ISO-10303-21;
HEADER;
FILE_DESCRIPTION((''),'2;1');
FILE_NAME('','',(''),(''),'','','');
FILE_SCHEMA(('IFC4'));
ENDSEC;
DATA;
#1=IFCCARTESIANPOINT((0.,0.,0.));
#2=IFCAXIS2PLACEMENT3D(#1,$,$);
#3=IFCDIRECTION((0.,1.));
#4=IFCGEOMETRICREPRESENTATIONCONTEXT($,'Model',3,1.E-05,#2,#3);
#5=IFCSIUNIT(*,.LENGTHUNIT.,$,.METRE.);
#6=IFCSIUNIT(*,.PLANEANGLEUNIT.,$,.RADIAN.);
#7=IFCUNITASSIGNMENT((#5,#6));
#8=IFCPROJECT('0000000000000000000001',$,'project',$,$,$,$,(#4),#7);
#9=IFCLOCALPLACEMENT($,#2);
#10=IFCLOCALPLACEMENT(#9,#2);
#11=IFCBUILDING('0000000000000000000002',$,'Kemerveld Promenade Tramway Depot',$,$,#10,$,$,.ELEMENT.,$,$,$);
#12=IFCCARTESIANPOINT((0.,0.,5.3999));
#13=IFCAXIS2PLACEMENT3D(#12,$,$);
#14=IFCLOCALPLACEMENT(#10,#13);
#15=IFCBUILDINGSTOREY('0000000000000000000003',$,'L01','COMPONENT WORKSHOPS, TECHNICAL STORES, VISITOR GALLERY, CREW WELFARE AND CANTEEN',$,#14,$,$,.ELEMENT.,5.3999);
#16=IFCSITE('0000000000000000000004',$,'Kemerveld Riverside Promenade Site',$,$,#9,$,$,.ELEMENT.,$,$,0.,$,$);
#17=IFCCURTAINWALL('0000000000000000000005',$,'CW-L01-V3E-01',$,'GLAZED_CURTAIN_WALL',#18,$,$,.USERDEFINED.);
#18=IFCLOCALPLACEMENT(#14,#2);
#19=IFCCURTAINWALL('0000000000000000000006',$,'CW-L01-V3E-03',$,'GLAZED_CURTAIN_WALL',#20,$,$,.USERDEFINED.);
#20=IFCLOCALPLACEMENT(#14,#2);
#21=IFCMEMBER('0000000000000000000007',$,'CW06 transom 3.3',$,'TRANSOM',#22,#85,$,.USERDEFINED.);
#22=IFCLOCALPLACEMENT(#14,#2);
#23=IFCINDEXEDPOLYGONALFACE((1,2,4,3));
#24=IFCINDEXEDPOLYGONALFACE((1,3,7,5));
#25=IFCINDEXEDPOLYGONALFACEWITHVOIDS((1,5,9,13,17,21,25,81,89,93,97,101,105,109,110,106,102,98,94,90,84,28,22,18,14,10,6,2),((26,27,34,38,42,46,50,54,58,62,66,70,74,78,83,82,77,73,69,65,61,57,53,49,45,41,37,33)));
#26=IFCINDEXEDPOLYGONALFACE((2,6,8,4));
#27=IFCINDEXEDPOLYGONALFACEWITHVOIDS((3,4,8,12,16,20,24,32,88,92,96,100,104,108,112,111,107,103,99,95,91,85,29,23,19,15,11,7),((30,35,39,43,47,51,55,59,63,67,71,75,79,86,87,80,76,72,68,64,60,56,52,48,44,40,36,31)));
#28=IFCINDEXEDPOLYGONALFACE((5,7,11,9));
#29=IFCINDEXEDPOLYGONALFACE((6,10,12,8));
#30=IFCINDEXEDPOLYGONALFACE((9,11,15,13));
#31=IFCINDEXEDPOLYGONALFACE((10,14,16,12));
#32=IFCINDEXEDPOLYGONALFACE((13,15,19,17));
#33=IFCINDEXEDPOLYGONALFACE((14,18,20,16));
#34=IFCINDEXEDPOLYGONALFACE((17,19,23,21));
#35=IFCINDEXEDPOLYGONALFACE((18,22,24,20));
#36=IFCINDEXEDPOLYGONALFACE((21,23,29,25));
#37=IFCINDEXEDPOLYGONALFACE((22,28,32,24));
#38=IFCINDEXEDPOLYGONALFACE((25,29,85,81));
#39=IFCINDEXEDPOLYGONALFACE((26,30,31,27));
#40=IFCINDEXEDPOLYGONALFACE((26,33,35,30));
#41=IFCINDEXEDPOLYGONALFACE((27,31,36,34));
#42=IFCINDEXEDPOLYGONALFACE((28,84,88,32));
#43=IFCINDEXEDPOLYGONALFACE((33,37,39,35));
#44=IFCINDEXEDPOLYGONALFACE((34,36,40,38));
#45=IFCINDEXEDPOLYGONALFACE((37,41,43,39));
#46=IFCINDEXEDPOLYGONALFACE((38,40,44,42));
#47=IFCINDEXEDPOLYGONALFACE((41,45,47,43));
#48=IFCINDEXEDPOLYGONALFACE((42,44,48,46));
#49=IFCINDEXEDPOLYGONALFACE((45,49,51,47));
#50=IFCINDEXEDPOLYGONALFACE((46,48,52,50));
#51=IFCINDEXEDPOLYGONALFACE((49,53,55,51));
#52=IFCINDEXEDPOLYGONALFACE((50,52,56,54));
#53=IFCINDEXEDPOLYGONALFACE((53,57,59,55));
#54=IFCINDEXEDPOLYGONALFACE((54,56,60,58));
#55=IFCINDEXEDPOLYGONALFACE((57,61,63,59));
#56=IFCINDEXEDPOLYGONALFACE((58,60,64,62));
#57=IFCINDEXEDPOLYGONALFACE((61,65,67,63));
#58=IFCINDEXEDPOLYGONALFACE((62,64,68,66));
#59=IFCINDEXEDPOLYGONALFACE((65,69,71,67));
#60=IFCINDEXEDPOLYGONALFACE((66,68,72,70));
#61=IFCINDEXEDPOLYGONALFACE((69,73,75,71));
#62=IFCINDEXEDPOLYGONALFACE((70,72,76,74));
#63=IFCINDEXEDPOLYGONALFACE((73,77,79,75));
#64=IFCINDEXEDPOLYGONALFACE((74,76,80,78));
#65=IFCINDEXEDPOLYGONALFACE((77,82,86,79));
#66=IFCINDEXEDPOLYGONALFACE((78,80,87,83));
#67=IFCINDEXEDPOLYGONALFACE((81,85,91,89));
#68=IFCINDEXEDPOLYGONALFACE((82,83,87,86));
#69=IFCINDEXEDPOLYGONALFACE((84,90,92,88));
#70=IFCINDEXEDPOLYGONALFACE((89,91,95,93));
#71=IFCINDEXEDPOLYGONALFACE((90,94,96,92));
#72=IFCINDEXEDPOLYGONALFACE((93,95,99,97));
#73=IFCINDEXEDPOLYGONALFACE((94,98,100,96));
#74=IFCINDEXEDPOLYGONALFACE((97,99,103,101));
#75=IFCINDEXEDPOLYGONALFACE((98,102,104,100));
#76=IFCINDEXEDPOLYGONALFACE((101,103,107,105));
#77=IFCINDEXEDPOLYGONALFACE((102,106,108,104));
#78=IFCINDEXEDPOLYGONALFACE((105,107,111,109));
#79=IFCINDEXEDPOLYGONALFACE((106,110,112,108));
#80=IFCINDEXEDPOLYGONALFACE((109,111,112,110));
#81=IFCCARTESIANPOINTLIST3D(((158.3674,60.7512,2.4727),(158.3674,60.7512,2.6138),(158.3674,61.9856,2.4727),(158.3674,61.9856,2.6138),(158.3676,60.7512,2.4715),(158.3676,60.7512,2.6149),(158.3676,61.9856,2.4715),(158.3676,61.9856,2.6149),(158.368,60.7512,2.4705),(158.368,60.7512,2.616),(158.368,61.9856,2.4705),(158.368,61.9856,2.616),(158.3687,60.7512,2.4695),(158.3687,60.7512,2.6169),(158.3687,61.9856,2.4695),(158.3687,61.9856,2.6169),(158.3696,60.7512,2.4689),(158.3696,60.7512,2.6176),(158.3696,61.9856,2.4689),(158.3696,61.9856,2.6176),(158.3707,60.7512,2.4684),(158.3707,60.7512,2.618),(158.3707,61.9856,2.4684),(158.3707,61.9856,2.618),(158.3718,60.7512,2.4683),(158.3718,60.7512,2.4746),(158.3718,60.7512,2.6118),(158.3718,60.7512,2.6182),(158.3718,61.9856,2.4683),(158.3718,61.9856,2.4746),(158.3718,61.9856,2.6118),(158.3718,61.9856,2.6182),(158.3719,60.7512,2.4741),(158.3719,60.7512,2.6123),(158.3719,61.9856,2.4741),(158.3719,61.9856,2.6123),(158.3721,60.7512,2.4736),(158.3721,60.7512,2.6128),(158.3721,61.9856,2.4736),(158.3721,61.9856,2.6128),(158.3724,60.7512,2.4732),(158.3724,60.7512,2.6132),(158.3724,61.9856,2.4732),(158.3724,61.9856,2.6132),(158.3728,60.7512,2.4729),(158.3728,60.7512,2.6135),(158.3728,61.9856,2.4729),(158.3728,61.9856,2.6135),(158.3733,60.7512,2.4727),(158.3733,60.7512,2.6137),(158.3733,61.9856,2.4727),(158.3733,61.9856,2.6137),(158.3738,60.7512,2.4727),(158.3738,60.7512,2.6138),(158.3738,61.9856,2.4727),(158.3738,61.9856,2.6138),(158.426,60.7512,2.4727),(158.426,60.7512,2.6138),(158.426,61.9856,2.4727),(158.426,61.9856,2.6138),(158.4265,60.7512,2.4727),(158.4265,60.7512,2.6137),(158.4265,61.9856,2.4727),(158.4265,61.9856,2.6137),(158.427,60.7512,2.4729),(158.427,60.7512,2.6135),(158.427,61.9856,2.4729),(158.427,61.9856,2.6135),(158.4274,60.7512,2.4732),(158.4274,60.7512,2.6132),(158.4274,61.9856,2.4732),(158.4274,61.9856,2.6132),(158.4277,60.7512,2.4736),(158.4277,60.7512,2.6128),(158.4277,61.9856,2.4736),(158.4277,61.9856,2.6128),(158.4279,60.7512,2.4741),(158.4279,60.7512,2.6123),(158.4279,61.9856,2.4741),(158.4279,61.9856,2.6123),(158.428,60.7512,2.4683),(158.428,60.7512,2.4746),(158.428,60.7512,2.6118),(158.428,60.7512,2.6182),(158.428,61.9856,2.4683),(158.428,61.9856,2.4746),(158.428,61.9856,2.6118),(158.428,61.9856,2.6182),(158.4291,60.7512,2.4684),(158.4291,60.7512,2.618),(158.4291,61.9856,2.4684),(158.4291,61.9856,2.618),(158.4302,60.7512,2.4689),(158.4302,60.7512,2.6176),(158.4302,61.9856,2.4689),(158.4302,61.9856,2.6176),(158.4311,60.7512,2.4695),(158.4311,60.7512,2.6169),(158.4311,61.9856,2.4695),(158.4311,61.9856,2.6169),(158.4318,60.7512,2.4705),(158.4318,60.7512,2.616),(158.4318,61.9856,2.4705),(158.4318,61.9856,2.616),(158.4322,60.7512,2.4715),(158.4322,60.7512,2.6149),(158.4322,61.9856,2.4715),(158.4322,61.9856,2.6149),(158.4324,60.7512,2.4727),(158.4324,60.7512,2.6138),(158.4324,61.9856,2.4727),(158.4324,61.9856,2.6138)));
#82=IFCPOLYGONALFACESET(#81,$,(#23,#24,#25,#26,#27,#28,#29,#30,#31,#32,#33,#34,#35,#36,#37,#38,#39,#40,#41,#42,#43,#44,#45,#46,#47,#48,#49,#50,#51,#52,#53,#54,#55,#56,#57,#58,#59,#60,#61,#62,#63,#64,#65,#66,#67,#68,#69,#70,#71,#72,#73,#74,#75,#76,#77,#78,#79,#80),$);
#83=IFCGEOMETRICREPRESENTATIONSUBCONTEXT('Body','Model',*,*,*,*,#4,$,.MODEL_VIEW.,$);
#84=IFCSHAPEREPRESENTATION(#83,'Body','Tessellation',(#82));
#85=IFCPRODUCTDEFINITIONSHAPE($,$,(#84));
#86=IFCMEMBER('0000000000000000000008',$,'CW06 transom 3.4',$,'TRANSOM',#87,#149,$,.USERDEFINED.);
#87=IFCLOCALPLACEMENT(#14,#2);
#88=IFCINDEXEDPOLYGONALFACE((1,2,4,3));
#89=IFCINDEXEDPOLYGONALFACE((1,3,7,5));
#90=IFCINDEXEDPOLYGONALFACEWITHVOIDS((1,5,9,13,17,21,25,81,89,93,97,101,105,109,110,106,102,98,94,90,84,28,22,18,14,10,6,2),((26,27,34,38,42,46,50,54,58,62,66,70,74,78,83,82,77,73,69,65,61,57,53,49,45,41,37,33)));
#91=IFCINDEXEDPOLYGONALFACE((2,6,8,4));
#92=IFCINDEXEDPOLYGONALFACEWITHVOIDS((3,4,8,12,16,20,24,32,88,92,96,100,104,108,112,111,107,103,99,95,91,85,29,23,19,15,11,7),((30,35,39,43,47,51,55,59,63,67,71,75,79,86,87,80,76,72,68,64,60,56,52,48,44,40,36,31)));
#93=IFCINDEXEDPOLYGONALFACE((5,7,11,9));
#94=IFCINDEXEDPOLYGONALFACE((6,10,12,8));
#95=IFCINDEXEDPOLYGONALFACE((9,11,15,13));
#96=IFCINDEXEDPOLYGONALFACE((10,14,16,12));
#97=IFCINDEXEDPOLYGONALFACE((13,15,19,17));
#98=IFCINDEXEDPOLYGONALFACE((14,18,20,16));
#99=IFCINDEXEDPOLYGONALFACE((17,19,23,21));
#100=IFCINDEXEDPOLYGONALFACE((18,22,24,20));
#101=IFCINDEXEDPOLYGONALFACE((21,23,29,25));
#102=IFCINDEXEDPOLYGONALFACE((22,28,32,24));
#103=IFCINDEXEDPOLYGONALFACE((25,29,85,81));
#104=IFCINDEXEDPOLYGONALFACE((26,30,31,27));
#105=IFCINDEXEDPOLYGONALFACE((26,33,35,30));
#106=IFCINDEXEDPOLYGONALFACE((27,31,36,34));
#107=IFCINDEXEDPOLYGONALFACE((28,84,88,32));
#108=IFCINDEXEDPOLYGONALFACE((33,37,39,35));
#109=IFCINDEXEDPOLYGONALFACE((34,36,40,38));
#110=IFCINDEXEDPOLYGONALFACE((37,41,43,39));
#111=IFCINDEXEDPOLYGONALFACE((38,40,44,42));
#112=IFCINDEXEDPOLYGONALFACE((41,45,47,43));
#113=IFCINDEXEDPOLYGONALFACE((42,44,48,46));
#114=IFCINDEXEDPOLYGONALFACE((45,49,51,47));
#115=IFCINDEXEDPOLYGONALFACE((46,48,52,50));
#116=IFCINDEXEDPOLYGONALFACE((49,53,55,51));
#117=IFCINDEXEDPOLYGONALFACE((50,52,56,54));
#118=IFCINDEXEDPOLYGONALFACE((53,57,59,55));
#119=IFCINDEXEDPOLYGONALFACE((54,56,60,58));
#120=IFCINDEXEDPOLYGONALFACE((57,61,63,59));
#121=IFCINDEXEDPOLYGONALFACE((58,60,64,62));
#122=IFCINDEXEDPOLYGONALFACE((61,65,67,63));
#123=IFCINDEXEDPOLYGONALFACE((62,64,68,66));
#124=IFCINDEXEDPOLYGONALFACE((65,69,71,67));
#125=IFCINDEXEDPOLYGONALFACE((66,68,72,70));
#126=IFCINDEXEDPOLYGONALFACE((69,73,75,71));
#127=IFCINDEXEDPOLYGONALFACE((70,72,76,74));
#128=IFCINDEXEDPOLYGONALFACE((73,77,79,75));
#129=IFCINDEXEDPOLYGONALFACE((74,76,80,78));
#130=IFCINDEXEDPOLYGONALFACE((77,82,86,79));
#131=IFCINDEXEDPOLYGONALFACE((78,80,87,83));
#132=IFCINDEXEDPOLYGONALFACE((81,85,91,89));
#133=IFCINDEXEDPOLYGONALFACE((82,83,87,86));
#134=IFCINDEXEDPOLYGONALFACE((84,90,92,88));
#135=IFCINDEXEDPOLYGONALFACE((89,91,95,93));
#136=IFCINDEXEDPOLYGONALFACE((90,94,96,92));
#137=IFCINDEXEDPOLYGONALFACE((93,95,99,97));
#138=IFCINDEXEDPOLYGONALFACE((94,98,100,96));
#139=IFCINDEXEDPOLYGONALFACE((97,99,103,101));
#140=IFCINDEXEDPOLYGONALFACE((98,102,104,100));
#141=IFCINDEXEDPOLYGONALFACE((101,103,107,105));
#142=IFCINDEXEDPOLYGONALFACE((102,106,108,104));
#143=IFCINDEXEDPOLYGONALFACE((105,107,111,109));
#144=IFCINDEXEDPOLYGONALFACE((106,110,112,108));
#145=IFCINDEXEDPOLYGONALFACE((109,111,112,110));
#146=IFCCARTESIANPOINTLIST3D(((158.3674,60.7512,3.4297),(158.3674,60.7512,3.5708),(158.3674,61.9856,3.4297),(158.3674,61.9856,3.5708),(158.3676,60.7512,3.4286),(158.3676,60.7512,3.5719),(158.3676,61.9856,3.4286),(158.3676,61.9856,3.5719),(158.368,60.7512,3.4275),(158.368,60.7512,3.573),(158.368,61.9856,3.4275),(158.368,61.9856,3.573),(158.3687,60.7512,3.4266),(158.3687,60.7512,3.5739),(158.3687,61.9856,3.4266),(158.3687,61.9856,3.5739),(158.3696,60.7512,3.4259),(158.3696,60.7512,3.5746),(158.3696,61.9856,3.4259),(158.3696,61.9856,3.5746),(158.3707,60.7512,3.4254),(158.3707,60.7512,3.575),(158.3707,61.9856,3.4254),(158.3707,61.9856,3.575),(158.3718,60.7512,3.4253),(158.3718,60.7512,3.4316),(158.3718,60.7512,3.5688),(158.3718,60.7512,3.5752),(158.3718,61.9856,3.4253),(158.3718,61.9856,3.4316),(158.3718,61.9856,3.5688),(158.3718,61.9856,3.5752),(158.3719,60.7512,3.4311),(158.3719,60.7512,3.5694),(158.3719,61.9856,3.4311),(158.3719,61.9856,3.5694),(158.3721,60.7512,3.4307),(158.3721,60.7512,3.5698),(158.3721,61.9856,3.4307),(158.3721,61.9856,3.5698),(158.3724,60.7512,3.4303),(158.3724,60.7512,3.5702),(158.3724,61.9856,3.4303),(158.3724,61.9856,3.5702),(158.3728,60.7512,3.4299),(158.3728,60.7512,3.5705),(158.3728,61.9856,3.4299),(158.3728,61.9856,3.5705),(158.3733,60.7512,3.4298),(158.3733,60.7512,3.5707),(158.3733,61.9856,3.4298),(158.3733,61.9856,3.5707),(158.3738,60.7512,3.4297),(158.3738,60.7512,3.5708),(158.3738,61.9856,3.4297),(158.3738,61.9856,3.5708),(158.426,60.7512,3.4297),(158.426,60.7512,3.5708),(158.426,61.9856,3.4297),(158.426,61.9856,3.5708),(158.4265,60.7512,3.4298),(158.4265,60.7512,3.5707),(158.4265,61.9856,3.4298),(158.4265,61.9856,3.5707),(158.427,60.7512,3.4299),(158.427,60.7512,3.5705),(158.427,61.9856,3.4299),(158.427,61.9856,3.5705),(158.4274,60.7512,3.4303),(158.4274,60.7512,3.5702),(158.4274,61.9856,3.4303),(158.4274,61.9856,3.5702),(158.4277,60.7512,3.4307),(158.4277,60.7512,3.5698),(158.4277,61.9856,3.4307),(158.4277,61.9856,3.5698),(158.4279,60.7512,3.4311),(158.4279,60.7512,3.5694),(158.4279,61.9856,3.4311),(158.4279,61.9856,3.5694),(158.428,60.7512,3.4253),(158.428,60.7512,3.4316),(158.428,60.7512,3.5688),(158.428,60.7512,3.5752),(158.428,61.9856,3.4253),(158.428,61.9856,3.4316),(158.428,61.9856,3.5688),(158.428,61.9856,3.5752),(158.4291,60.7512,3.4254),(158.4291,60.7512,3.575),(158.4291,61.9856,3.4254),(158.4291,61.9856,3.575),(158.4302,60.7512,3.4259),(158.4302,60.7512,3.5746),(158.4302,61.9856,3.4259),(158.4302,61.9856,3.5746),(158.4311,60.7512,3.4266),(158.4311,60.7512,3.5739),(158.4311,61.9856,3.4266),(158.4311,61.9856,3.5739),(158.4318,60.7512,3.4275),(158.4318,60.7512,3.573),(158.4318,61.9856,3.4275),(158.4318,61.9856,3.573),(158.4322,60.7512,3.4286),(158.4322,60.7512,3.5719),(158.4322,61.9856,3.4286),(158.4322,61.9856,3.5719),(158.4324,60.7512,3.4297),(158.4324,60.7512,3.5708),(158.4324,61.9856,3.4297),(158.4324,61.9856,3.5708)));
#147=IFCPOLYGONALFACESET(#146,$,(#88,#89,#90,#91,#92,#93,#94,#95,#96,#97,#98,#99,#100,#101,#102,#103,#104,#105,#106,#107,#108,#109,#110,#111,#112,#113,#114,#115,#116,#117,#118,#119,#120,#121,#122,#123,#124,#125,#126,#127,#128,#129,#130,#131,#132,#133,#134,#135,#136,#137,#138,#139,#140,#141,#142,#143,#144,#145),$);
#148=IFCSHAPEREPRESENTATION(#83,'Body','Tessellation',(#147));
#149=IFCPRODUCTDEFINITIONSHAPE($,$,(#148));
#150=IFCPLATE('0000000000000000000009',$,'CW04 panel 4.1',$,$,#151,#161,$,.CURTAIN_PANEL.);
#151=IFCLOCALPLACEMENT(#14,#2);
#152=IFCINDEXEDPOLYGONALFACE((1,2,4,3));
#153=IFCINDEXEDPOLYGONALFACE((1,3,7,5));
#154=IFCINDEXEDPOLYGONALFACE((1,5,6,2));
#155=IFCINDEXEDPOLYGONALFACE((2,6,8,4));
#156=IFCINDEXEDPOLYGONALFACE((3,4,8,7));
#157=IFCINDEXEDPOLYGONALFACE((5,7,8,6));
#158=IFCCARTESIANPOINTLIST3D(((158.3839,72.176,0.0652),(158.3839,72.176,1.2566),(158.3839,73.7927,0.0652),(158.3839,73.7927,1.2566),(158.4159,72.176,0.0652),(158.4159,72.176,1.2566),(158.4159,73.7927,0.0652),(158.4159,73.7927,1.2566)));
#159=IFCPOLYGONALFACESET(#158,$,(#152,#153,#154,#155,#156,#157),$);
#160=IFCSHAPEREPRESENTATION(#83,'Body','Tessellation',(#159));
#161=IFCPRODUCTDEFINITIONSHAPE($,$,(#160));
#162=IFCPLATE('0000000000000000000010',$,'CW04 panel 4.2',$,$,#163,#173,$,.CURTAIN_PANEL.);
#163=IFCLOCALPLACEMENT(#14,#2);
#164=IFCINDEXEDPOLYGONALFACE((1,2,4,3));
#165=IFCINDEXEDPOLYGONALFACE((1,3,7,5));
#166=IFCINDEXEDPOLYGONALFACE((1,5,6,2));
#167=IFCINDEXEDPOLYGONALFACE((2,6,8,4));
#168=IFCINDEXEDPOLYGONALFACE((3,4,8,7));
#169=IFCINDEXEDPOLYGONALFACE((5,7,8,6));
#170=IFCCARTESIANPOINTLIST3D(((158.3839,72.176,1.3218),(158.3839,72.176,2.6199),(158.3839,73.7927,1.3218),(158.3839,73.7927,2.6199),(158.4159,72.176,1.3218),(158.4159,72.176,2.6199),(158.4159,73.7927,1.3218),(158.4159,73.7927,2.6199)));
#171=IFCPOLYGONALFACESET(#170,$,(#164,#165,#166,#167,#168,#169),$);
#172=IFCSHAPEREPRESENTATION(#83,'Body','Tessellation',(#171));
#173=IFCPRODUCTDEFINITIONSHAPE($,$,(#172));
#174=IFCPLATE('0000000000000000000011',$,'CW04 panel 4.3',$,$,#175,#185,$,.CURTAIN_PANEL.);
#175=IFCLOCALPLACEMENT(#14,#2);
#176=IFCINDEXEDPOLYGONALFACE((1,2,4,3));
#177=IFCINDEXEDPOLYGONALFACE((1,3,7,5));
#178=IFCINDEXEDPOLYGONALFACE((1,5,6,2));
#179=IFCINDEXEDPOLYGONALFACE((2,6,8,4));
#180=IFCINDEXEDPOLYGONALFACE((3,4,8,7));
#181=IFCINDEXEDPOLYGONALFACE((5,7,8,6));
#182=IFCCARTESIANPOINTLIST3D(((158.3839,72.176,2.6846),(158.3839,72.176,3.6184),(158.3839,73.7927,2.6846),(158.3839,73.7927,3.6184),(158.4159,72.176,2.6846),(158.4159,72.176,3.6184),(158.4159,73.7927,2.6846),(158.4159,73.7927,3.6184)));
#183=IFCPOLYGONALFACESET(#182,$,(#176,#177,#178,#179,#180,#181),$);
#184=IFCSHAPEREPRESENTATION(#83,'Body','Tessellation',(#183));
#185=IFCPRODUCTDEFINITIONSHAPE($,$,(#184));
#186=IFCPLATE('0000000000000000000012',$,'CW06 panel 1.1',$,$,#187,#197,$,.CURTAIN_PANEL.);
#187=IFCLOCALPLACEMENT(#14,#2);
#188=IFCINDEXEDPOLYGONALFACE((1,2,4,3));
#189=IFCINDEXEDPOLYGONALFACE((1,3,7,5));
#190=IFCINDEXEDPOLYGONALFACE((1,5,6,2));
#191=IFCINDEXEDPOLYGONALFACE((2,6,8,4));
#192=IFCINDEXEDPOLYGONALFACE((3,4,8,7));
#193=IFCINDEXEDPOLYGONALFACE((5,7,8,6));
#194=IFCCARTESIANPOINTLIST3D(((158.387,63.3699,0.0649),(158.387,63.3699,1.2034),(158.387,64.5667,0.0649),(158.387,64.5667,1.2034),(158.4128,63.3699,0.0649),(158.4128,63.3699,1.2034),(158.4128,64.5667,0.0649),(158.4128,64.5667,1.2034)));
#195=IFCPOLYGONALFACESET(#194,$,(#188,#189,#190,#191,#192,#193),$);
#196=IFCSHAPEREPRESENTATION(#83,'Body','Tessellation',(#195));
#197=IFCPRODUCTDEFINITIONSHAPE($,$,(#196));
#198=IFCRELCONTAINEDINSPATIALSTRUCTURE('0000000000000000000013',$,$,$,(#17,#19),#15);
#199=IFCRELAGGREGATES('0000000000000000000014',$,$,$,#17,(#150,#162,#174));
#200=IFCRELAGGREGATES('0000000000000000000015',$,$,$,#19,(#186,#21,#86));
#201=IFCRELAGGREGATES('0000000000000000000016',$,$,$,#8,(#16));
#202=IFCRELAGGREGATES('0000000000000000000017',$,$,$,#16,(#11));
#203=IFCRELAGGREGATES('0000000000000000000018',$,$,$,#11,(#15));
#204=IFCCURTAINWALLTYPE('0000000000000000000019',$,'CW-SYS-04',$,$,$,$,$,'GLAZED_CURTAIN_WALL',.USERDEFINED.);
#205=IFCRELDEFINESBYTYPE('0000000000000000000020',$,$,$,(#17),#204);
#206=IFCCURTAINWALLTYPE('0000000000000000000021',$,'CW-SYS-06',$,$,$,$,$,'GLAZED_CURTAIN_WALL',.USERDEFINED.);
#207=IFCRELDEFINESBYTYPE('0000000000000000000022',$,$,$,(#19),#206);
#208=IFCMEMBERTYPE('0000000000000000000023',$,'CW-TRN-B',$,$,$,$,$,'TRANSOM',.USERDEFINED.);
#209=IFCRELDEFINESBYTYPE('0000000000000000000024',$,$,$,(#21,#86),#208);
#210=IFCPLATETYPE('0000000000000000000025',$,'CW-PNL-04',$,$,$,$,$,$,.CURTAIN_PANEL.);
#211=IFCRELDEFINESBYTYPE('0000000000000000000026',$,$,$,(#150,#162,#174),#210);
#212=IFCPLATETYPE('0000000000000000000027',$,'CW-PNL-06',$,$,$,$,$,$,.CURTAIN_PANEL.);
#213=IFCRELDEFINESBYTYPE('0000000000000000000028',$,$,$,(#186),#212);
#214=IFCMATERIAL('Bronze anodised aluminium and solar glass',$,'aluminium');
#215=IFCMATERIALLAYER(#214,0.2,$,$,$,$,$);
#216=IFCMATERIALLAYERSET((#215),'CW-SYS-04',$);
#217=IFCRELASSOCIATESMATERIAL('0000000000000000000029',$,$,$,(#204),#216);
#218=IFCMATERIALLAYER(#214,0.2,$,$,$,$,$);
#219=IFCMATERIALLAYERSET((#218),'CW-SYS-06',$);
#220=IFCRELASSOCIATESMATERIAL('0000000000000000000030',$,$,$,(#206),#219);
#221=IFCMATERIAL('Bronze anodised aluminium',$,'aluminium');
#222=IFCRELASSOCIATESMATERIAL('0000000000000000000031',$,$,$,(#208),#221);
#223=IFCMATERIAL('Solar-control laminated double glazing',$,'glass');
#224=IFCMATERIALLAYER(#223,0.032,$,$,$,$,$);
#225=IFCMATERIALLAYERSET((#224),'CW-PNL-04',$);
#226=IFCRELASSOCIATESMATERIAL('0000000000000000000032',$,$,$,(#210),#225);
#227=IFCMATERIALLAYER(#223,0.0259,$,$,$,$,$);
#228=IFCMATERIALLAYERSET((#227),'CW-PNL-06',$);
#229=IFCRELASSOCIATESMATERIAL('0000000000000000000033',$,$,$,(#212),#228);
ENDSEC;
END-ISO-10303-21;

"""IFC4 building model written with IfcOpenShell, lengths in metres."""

from ifc_helpers import new_model, si_unit, direction, frame, origin, origin_2d, place, context, subcontext, project, spatial, rectangle, hollow_rectangle, extrude, material, layer, layer_set, material_profile, profile_set, type_object, element, aggregate, save


model = new_model("IFC4")

# Units and contexts
model_context = context("Model", 3, precision=1e-05, world=origin(), true_north=direction((0.0, 1.0)))
body_context = subcontext(model_context, "Body", "Model", "MODEL_VIEW")
ifc_project = project(units=[si_unit("LENGTHUNIT", "METRE"), si_unit("PLANEANGLEUNIT", "RADIAN")], contexts=[model_context])

# Site, building, storey
site_placement = place(None, origin())
site = spatial("IfcSite", under=ifc_project, at=site_placement, Name="Kemerveld Riverside Promenade Site", CompositionType="ELEMENT", RefElevation=0.0)
building_placement = place(site_placement, origin())
building = spatial("IfcBuilding", under=site, at=building_placement, Name="Kemerveld Promenade Tramway Depot", CompositionType="ELEMENT")
storey_placement = place(building_placement, frame((0.0, 0.0, 5.3999)))
storey = spatial("IfcBuildingStorey", under=building, at=storey_placement, Name="L01", Description="COMPONENT WORKSHOPS, TECHNICAL STORES, VISITOR GALLERY, CREW WELFARE AND CANTEEN", CompositionType="ELEMENT", Elevation=5.3999)

# Curtain wall
ifc_material_1 = material(Name="Bronze anodised aluminium and solar glass", Category="aluminium")
ifc_layer_1 = layer(ifc_material_1, 0.2)
ifc_layer_set_1 = layer_set([ifc_layer_1], Name="CW-SYS-04")
curtain_wall_type_1 = type_object("IfcCurtainWallType", Name="CW-SYS-04", ElementType="GLAZED_CURTAIN_WALL", PredefinedType="USERDEFINED", material=ifc_layer_set_1)
curtain_wall_1_placement = place(storey_placement, origin())
curtain_wall_1 = element("IfcCurtainWall", 1, at=curtain_wall_1_placement, inside=storey, type_object=curtain_wall_type_1, Name="CW-L01-V3E-01", ObjectType="GLAZED_CURTAIN_WALL", PredefinedType="USERDEFINED")
ifc_material_2 = material(Name="Bronze anodised aluminium", Category="aluminium")

# Curtain wall, members
ifc_layer_2 = layer(ifc_material_1, 0.2)
ifc_layer_set_2 = layer_set([ifc_layer_2], Name="CW-SYS-06")
curtain_wall_type_2 = type_object("IfcCurtainWallType", Name="CW-SYS-06", ElementType="GLAZED_CURTAIN_WALL", PredefinedType="USERDEFINED", material=ifc_layer_set_2)
curtain_wall_2_placement = place(storey_placement, origin())
curtain_wall_2 = element("IfcCurtainWall", 2, at=curtain_wall_2_placement, inside=storey, type_object=curtain_wall_type_2, Name="CW-L01-V3E-03", ObjectType="GLAZED_CURTAIN_WALL", PredefinedType="USERDEFINED")
ifc_material_profile_1 = material_profile(ifc_material_2, hollow_rectangle(XDim=0.0649, YDim=0.1499, WallThickness=0.0044, InnerFilletRadius=0.002, OuterFilletRadius=0.0044, at=origin_2d()), Name="CW-TRN-150x65")
ifc_profile_set_1 = profile_set([ifc_material_profile_1], Name="Bronze anodised aluminium")
member_type_1 = type_object("IfcMemberType", Name="CW-TRN-B", ElementType="TRANSOM", PredefinedType="USERDEFINED", material=ifc_profile_set_1)
member_1_placement = place(storey_placement, frame((158.3999, 61.9856, 2.5432), z_axis=(0.0, -1.0, 0.0), x_axis=(1.0, 0.0, 0.0)))
member_1 = element("IfcMember", 3, at=member_1_placement, type_object=member_type_1, Name="CW06 transom 3.3", ObjectType="TRANSOM", PredefinedType="USERDEFINED", context=body_context, shape_type="SweptSolid", body=[
    extrude(hollow_rectangle(XDim=0.0649, YDim=0.1499, WallThickness=0.0044, InnerFilletRadius=0.002, OuterFilletRadius=0.0044, at=origin_2d()), origin(), (0.0, 0.0, 1.0), 1.2344),
])
member_2_placement = place(storey_placement, frame((158.3999, 61.9856, 3.5002), z_axis=(0.0, -1.0, 0.0), x_axis=(1.0, 0.0, 0.0)))
member_2 = element("IfcMember", 4, at=member_2_placement, type_object=member_type_1, Name="CW06 transom 3.4", ObjectType="TRANSOM", PredefinedType="USERDEFINED", context=body_context, shape_type="SweptSolid", body=[
    extrude(hollow_rectangle(XDim=0.0649, YDim=0.1499, WallThickness=0.0044, InnerFilletRadius=0.002, OuterFilletRadius=0.0044, at=origin_2d()), origin(), (0.0, 0.0, 1.0), 1.2344),
])

# Plates
ifc_material_3 = material(Name="Solar-control laminated double glazing", Category="glass")
ifc_layer_3 = layer(ifc_material_3, 0.032)
ifc_layer_set_3 = layer_set([ifc_layer_3], Name="CW-PNL-04")
plate_type_1 = type_object("IfcPlateType", Name="CW-PNL-04", PredefinedType="CURTAIN_PANEL", material=ifc_layer_set_3)
plate_1_placement = place(storey_placement, frame((158.3999, 72.9844, 0.0652), z_axis=(0.0, 0.0, 1.0), x_axis=(0.0, -1.0, 0.0)))
plate_1 = element("IfcPlate", 5, at=plate_1_placement, type_object=plate_type_1, Name="CW04 panel 4.1", PredefinedType="CURTAIN_PANEL", context=body_context, shape_type="SweptSolid", body=[
    extrude(rectangle(XDim=1.6167, YDim=0.032, at=origin_2d()), origin(), (0.0, 0.0, 1.0), 1.1914),
])
plate_2_placement = place(storey_placement, frame((158.3999, 72.9844, 1.3218), z_axis=(0.0, 0.0, 1.0), x_axis=(0.0, -1.0, 0.0)))
plate_2 = element("IfcPlate", 6, at=plate_2_placement, type_object=plate_type_1, Name="CW04 panel 4.2", PredefinedType="CURTAIN_PANEL", context=body_context, shape_type="SweptSolid", body=[
    extrude(rectangle(XDim=1.6167, YDim=0.032, at=origin_2d()), origin(), (0.0, 0.0, 1.0), 1.2981),
])
plate_3_placement = place(storey_placement, frame((158.3999, 72.9844, 2.6846), z_axis=(0.0, 0.0, 1.0), x_axis=(0.0, -1.0, 0.0)))
plate_3 = element("IfcPlate", 7, at=plate_3_placement, type_object=plate_type_1, Name="CW04 panel 4.3", PredefinedType="CURTAIN_PANEL", context=body_context, shape_type="SweptSolid", body=[
    extrude(rectangle(XDim=1.6167, YDim=0.032, at=origin_2d()), origin(), (0.0, 0.0, 1.0), 0.9338),
])
aggregate(curtain_wall_1, [plate_1, plate_2, plate_3])
ifc_layer_4 = layer(ifc_material_3, 0.0259)
ifc_layer_set_4 = layer_set([ifc_layer_4], Name="CW-PNL-06")
plate_type_2 = type_object("IfcPlateType", Name="CW-PNL-06", PredefinedType="CURTAIN_PANEL", material=ifc_layer_set_4)
plate_4_placement = place(storey_placement, frame((158.3999, 63.9683, 0.0649), z_axis=(0.0, 0.0, 1.0), x_axis=(0.0, -1.0, 0.0)))
plate_4 = element("IfcPlate", 8, at=plate_4_placement, type_object=plate_type_2, Name="CW06 panel 1.1", PredefinedType="CURTAIN_PANEL", context=body_context, shape_type="SweptSolid", body=[
    extrude(rectangle(XDim=1.1968, YDim=0.0259, at=origin_2d()), origin(), (0.0, 0.0, 1.0), 1.1384),
])
aggregate(curtain_wall_2, [plate_4, member_1, member_2])

save(model, "model.ifc")
